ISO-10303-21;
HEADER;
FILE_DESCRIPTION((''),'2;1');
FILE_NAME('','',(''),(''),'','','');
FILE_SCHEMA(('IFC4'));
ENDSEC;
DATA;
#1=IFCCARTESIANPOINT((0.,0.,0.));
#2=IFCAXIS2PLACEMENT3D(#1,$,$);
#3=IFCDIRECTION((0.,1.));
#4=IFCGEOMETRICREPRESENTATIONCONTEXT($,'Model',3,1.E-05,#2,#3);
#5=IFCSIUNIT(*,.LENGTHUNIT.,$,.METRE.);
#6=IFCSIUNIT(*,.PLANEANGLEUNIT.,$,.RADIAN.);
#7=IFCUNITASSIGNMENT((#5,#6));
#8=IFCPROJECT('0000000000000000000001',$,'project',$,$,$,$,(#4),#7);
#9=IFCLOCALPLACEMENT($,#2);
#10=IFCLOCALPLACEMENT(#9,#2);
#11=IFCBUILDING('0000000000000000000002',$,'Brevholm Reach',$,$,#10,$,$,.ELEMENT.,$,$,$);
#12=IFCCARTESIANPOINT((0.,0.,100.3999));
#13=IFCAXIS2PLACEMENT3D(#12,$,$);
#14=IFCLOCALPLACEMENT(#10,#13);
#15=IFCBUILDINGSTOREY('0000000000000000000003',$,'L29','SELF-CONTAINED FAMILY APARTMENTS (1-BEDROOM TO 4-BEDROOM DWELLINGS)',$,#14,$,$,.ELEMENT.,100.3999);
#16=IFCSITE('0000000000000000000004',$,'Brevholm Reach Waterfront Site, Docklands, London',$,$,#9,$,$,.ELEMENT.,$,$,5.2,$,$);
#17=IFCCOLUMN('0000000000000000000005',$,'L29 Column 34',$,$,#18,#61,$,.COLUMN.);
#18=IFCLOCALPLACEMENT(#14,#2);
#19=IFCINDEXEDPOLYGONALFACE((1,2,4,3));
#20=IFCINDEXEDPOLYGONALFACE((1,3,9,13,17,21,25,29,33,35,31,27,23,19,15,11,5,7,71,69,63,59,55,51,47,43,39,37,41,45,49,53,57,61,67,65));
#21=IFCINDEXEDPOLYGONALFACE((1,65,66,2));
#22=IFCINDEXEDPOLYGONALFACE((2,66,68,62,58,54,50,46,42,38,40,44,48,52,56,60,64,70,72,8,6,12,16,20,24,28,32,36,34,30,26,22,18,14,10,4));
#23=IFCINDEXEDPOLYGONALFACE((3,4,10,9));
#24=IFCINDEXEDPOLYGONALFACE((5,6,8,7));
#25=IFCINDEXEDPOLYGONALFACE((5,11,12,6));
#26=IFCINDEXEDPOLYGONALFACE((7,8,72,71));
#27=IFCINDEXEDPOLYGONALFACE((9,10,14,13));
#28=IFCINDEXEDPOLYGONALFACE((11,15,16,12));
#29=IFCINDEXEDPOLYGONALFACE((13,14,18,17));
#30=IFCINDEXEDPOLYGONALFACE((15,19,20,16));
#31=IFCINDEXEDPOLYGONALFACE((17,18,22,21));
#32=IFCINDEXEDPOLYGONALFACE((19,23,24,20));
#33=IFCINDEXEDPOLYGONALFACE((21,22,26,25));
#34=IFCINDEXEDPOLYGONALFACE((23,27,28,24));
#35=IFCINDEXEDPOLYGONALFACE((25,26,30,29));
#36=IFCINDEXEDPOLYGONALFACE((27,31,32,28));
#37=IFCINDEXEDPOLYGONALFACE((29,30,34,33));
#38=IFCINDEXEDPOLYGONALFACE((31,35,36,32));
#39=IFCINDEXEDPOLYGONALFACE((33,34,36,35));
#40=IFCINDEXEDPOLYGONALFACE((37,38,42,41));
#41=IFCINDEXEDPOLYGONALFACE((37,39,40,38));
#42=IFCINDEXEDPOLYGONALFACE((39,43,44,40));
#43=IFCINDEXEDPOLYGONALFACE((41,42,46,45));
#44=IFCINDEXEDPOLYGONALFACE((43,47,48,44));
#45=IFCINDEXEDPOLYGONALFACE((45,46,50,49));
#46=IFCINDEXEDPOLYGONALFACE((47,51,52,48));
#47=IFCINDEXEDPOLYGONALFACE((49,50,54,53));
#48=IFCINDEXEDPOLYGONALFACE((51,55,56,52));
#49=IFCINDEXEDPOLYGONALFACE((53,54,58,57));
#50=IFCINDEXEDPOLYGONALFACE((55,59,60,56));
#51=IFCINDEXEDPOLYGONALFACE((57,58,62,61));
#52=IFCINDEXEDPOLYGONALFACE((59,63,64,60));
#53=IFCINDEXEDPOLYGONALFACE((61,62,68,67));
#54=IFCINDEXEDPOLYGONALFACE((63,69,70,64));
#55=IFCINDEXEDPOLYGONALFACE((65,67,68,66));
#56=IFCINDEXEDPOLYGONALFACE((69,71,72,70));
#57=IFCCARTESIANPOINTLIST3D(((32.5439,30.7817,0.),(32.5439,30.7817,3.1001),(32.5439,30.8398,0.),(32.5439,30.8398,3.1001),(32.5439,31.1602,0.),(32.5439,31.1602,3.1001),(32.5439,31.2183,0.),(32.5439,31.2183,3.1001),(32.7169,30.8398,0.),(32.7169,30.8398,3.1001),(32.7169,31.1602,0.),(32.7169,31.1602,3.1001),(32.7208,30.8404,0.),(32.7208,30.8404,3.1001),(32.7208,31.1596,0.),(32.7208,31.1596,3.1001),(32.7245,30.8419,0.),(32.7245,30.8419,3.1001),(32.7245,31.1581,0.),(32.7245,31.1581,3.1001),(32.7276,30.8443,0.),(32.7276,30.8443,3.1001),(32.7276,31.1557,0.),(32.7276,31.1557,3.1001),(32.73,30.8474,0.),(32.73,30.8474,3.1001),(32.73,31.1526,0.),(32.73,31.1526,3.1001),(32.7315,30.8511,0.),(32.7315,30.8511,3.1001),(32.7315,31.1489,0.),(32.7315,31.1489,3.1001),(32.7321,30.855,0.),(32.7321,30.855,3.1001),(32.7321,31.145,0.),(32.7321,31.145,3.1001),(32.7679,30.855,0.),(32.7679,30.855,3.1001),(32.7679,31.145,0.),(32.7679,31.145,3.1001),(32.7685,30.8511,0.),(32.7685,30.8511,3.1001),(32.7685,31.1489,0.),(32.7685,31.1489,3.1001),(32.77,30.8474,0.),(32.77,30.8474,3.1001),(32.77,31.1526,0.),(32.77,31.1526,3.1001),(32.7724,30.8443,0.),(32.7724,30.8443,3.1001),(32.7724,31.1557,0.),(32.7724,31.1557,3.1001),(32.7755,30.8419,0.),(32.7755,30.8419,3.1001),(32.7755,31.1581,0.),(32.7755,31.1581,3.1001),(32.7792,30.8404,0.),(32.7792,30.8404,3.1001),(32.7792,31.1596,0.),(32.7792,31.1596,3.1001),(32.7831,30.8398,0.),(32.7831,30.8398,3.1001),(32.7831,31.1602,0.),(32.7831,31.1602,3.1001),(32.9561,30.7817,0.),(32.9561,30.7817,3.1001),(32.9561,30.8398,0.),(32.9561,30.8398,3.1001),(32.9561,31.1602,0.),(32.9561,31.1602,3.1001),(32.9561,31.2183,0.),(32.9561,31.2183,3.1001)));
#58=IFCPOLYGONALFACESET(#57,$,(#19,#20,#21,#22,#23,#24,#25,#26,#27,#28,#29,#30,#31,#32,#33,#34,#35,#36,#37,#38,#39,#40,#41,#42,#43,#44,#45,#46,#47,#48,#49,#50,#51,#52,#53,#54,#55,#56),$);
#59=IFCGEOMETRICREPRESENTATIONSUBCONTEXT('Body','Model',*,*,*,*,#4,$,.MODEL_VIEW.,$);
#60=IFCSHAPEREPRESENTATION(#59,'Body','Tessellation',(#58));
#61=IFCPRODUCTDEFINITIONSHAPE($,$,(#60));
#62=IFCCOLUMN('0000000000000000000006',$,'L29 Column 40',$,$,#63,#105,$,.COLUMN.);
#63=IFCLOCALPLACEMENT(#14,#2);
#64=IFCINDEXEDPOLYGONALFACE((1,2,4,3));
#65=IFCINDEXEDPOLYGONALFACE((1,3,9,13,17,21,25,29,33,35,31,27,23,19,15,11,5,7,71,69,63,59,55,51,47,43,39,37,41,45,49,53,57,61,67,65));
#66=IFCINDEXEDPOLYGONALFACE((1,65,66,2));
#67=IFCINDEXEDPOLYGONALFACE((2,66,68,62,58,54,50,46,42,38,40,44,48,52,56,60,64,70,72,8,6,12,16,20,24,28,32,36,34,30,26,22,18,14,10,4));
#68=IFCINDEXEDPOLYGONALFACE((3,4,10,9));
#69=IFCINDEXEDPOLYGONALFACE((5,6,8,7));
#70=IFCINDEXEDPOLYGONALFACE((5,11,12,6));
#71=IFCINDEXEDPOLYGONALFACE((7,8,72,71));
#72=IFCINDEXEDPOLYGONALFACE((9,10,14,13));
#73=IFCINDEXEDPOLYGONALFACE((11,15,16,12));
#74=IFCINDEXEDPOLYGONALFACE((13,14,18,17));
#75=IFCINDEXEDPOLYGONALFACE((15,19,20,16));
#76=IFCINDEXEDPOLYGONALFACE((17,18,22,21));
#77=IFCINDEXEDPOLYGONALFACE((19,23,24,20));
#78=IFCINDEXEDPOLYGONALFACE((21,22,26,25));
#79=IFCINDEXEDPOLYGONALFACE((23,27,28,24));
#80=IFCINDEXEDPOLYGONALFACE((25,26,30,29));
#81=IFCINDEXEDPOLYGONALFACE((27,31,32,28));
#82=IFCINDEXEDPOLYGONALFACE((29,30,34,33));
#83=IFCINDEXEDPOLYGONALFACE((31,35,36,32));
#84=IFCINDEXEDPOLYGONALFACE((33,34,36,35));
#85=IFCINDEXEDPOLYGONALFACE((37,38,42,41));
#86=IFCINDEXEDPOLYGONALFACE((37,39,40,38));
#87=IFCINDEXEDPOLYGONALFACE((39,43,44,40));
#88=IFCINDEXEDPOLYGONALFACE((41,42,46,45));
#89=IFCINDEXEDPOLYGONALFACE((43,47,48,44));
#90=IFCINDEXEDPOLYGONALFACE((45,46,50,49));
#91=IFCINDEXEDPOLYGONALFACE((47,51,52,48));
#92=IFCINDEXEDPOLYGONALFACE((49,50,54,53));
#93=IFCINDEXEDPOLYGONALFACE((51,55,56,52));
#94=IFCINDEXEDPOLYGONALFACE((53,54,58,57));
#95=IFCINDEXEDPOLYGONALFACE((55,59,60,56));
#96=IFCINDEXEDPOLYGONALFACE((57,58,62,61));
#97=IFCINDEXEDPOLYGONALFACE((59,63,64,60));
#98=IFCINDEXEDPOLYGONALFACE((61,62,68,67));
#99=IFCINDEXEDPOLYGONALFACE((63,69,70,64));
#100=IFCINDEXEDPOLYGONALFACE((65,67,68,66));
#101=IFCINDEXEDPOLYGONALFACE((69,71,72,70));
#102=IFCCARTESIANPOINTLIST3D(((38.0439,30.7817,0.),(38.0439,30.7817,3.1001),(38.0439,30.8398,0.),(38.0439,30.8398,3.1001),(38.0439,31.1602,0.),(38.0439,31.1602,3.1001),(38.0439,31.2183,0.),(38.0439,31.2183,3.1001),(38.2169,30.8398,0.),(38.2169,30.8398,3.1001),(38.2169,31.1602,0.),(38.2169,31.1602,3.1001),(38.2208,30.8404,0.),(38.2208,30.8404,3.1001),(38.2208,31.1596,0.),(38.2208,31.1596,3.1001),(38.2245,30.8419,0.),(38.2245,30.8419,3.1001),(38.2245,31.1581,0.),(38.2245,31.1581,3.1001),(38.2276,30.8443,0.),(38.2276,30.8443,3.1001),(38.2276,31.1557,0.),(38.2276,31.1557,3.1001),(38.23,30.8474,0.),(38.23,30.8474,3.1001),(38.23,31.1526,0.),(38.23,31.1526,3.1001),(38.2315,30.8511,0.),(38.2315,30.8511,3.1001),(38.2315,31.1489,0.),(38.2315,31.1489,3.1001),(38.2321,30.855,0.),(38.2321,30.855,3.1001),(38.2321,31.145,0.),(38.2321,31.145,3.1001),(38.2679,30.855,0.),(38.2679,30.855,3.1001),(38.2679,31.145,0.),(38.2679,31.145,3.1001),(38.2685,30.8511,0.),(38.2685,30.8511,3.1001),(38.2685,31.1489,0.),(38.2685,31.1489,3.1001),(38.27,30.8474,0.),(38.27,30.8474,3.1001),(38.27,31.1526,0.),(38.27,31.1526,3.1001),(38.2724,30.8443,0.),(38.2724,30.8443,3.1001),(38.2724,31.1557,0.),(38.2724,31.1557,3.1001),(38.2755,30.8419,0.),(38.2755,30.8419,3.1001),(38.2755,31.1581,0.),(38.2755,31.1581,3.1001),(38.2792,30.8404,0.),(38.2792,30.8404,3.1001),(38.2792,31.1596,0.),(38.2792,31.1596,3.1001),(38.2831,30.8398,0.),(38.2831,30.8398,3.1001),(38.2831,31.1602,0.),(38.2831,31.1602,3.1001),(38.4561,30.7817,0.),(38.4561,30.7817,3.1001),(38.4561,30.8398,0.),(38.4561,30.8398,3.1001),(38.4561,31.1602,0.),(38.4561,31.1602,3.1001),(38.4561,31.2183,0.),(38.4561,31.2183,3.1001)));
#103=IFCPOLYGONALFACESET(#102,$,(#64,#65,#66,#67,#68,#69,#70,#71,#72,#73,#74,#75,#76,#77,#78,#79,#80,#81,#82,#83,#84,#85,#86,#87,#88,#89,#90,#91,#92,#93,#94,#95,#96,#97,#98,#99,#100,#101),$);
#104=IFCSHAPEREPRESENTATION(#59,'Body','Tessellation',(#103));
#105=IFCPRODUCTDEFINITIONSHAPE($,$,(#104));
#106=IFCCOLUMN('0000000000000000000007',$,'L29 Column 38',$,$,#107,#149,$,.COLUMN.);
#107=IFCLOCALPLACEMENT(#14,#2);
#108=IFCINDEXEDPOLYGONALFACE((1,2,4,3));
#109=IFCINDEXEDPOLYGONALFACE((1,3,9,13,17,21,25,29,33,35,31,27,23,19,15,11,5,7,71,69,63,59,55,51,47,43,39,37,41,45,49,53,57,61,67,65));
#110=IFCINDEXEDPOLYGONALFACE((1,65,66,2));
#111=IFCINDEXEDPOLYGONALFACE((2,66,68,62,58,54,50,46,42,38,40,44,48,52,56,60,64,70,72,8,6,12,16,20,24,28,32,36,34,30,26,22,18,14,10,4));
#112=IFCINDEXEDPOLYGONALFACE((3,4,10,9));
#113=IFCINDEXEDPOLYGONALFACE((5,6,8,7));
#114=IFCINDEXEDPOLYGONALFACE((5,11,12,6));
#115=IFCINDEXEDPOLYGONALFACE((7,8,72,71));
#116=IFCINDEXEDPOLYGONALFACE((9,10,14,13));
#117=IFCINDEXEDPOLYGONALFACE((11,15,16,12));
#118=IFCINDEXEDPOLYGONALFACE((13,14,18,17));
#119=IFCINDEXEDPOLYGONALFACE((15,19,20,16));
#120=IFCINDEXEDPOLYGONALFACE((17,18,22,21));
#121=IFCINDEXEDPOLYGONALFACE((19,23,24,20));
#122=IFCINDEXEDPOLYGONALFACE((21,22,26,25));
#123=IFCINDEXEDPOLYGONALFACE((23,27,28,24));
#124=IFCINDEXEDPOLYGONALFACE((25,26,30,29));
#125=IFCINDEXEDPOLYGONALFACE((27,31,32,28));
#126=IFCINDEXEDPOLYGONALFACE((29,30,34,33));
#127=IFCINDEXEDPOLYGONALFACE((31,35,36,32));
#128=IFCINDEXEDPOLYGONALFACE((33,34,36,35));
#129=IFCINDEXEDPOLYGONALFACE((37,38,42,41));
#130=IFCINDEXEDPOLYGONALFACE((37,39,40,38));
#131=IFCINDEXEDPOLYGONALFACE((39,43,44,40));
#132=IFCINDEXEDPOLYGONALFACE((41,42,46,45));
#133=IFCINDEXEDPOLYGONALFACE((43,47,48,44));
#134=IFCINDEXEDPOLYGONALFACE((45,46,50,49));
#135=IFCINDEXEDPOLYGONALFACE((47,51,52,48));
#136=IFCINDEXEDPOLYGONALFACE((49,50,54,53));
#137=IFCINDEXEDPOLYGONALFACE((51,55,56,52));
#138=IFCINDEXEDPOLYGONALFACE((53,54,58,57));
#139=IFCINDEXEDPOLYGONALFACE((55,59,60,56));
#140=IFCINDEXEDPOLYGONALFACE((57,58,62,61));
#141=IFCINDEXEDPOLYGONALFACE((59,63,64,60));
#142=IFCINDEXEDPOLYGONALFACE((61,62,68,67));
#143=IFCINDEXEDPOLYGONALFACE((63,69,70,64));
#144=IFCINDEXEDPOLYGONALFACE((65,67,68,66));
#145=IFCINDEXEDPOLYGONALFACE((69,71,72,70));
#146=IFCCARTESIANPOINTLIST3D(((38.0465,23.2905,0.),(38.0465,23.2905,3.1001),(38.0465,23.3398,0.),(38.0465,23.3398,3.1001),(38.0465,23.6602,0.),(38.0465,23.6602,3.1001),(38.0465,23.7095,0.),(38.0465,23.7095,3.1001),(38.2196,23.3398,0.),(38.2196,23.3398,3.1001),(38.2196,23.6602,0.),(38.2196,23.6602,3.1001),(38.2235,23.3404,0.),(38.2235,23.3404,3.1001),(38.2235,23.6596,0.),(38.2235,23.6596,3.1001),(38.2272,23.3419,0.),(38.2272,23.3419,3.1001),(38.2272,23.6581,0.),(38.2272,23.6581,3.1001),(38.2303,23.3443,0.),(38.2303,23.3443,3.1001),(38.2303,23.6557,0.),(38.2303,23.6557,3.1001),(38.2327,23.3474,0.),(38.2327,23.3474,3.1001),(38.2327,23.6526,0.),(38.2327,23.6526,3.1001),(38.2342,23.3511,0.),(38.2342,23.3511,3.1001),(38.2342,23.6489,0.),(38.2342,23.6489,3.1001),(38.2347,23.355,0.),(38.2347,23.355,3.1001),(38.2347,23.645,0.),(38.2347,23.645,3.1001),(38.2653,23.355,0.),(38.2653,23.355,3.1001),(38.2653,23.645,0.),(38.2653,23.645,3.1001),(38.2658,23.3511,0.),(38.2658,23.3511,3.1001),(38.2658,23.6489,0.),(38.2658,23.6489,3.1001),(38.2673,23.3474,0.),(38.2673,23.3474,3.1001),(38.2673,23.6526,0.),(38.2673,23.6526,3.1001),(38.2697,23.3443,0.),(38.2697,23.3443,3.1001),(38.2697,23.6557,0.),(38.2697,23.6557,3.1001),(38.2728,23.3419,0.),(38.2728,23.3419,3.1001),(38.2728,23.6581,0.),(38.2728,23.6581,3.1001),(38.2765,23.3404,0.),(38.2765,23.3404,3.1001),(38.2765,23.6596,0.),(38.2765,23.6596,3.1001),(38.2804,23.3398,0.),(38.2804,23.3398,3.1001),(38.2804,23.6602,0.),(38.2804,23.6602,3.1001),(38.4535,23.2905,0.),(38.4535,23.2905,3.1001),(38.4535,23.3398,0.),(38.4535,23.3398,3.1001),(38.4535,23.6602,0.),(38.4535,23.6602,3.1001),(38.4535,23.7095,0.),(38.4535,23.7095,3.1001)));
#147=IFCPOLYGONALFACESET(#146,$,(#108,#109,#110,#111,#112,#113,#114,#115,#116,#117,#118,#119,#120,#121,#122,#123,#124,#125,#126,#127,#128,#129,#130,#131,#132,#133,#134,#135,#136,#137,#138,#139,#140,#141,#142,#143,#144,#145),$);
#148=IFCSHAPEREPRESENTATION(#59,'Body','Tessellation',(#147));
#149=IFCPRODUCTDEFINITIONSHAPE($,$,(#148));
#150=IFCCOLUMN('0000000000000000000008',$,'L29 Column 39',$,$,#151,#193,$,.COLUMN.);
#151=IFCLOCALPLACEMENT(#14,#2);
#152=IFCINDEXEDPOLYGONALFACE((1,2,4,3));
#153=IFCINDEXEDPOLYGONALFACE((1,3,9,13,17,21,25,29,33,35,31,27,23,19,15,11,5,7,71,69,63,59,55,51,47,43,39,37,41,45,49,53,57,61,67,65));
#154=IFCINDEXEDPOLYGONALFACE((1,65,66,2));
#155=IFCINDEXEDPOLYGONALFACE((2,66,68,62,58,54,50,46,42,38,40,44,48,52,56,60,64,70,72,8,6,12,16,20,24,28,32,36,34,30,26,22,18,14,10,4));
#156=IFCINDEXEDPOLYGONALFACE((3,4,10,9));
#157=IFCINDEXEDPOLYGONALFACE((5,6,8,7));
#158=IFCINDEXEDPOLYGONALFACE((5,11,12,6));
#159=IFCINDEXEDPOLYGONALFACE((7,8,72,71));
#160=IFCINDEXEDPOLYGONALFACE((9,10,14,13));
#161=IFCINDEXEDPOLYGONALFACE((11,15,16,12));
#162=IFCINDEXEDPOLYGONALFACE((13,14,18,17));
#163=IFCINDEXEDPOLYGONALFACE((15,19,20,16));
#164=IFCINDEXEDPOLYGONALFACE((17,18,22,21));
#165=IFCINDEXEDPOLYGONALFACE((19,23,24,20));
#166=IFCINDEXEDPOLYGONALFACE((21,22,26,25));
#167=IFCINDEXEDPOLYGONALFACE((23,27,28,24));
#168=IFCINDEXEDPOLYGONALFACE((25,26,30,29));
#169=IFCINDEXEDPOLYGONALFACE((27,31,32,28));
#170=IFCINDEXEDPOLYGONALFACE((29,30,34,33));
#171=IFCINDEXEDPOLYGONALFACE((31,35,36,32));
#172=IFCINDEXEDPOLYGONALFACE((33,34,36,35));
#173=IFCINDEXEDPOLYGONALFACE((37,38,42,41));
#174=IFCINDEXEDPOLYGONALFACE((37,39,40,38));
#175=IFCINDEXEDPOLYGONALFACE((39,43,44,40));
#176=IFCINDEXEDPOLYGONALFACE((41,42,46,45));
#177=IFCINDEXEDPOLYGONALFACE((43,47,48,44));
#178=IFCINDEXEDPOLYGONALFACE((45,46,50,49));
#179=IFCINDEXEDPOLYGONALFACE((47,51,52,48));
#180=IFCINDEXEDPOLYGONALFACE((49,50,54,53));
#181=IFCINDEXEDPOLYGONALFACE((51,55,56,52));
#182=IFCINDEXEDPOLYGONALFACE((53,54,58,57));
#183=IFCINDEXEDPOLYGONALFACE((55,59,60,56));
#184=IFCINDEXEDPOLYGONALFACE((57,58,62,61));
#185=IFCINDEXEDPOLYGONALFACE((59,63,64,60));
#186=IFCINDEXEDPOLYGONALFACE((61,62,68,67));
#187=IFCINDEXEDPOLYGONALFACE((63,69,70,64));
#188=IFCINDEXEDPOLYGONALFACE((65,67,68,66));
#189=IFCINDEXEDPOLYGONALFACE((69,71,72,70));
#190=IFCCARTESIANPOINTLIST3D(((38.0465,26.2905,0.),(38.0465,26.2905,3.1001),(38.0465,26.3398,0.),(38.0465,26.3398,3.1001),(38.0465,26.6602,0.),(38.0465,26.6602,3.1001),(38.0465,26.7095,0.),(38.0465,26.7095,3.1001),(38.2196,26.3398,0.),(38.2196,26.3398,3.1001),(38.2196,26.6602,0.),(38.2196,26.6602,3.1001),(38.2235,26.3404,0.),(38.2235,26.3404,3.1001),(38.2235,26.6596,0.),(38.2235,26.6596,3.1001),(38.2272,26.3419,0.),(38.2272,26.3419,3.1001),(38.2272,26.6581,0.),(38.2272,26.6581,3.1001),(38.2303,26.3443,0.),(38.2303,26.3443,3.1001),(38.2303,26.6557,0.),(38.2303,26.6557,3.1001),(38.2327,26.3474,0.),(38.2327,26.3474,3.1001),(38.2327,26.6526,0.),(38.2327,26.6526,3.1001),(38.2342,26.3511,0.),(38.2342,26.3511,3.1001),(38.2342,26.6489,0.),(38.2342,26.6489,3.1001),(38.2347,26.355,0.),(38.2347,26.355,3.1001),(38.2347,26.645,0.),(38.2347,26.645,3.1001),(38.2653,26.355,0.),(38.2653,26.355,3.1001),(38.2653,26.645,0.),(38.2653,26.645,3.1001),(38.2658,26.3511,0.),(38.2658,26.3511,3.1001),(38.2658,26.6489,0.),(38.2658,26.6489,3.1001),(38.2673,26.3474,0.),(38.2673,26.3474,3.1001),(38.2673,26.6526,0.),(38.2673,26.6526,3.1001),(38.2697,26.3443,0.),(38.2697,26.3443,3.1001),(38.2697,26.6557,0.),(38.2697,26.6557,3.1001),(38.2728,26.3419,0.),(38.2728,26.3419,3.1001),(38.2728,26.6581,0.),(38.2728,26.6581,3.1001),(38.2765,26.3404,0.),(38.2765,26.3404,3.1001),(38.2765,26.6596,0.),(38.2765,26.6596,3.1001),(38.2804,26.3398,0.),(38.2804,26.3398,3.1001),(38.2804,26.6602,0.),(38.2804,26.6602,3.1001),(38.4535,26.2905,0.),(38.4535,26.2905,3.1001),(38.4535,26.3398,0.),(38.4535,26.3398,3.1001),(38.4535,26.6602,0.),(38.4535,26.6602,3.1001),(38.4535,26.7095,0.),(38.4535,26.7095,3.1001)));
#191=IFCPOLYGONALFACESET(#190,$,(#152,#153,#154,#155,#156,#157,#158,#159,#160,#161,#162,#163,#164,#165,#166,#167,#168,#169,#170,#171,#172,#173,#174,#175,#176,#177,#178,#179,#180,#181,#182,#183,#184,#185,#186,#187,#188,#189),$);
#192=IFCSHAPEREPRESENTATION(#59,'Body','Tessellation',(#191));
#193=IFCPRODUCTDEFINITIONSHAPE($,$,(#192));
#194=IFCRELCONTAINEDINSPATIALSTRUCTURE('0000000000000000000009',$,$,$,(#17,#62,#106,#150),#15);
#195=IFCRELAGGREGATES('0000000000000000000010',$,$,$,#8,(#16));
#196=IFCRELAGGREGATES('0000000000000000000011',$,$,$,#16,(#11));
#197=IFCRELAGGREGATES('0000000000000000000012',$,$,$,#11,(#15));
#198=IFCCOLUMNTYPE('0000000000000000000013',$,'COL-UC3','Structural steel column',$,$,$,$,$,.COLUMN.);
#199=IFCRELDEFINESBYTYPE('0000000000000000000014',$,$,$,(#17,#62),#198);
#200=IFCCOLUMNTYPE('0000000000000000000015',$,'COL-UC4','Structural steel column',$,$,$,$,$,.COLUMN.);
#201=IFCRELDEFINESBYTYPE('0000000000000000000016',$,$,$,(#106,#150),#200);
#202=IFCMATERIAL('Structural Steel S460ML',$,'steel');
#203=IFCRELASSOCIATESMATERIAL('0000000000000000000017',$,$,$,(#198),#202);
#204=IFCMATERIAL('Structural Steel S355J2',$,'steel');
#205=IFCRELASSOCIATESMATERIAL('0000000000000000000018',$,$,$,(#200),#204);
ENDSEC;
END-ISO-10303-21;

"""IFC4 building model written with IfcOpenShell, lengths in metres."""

from ifc_helpers import new_model, si_unit, direction, frame, origin, origin_2d, place, context, subcontext, project, spatial, i_section, extrude, material, material_profile, profile_set, type_object, element, save


model = new_model("IFC4")

# Units and contexts
model_context = context("Model", 3, precision=1e-05, world=origin(), true_north=direction((0.0, 1.0)))
body_context = subcontext(model_context, "Body", "Model", "MODEL_VIEW")
ifc_project = project(units=[si_unit("LENGTHUNIT", "METRE"), si_unit("PLANEANGLEUNIT", "RADIAN")], contexts=[model_context])

# Site, building, storey
site_placement = place(None, origin())
site = spatial("IfcSite", under=ifc_project, at=site_placement, Name="Brevholm Reach Waterfront Site, Docklands, London", CompositionType="ELEMENT", RefElevation=5.2)
building_placement = place(site_placement, origin())
building = spatial("IfcBuilding", under=site, at=building_placement, Name="Brevholm Reach", CompositionType="ELEMENT")
storey_placement = place(building_placement, frame((0.0, 0.0, 100.3999)))
storey = spatial("IfcBuildingStorey", under=building, at=storey_placement, Name="L29", Description="SELF-CONTAINED FAMILY APARTMENTS (1-BEDROOM TO 4-BEDROOM DWELLINGS)", CompositionType="ELEMENT", Elevation=100.3999)

# Columns
ifc_material_1 = material(Name="Structural Steel S460ML", Category="steel")
ifc_material_profile_1 = material_profile(ifc_material_1, i_section(OverallWidth=0.4121, OverallDepth=0.4365, WebThickness=0.0359, FlangeThickness=0.0581, FilletRadius=0.0151, at=origin_2d()), Name="UKC 356x406x467")
ifc_profile_set_1 = profile_set([ifc_material_profile_1], Name="Structural Steel S460ML")
column_type_1 = type_object("IfcColumnType", Name="COL-UC3", Description="Structural steel column", PredefinedType="COLUMN", material=ifc_profile_set_1)
for number, where, z_axis, x_axis, name in (
    (1, (32.75, 31.0, 0.0), (0.0, 0.0, 1.0), (1.0, 0.0, 0.0), "L29 Column 34"),
    (2, (38.25, 31.0, 0.0), (0.0, 0.0, 1.0), (1.0, 0.0, 0.0), "L29 Column 40"),
):
    element("IfcColumn", number, at=place(storey_placement, frame(where, z_axis=z_axis, x_axis=x_axis)), inside=storey, type_object=column_type_1, Name=name, PredefinedType="COLUMN", context=body_context, shape_type="SweptSolid", body=[
        extrude(i_section(OverallWidth=0.4121, OverallDepth=0.4365, WebThickness=0.0359, FlangeThickness=0.0581, FilletRadius=0.0151, at=origin_2d()), origin(), (0.0, 0.0, 1.0), 3.1001),
    ])
ifc_material_2 = material(Name="Structural Steel S355J2", Category="steel")
ifc_material_profile_2 = material_profile(ifc_material_2, i_section(OverallWidth=0.407, OverallDepth=0.4189, WebThickness=0.0305, FlangeThickness=0.0493, FilletRadius=0.0151, at=origin_2d()), Name="UKC 356x406x393")
ifc_profile_set_2 = profile_set([ifc_material_profile_2], Name="Structural Steel S355J2")
column_type_2 = type_object("IfcColumnType", Name="COL-UC4", Description="Structural steel column", PredefinedType="COLUMN", material=ifc_profile_set_2)
for number, where, z_axis, x_axis, name in (
    (3, (38.25, 23.5, 0.0), (0.0, 0.0, 1.0), (1.0, 0.0, 0.0), "L29 Column 38"),
    (4, (38.25, 26.5, 0.0), (0.0, 0.0, 1.0), (1.0, 0.0, 0.0), "L29 Column 39"),
):
    element("IfcColumn", number, at=place(storey_placement, frame(where, z_axis=z_axis, x_axis=x_axis)), inside=storey, type_object=column_type_2, Name=name, PredefinedType="COLUMN", context=body_context, shape_type="SweptSolid", body=[
        extrude(i_section(OverallWidth=0.407, OverallDepth=0.4189, WebThickness=0.0305, FlangeThickness=0.0493, FilletRadius=0.0151, at=origin_2d()), origin(), (0.0, 0.0, 1.0), 3.1001),
    ])

save(model, "model.ifc")
